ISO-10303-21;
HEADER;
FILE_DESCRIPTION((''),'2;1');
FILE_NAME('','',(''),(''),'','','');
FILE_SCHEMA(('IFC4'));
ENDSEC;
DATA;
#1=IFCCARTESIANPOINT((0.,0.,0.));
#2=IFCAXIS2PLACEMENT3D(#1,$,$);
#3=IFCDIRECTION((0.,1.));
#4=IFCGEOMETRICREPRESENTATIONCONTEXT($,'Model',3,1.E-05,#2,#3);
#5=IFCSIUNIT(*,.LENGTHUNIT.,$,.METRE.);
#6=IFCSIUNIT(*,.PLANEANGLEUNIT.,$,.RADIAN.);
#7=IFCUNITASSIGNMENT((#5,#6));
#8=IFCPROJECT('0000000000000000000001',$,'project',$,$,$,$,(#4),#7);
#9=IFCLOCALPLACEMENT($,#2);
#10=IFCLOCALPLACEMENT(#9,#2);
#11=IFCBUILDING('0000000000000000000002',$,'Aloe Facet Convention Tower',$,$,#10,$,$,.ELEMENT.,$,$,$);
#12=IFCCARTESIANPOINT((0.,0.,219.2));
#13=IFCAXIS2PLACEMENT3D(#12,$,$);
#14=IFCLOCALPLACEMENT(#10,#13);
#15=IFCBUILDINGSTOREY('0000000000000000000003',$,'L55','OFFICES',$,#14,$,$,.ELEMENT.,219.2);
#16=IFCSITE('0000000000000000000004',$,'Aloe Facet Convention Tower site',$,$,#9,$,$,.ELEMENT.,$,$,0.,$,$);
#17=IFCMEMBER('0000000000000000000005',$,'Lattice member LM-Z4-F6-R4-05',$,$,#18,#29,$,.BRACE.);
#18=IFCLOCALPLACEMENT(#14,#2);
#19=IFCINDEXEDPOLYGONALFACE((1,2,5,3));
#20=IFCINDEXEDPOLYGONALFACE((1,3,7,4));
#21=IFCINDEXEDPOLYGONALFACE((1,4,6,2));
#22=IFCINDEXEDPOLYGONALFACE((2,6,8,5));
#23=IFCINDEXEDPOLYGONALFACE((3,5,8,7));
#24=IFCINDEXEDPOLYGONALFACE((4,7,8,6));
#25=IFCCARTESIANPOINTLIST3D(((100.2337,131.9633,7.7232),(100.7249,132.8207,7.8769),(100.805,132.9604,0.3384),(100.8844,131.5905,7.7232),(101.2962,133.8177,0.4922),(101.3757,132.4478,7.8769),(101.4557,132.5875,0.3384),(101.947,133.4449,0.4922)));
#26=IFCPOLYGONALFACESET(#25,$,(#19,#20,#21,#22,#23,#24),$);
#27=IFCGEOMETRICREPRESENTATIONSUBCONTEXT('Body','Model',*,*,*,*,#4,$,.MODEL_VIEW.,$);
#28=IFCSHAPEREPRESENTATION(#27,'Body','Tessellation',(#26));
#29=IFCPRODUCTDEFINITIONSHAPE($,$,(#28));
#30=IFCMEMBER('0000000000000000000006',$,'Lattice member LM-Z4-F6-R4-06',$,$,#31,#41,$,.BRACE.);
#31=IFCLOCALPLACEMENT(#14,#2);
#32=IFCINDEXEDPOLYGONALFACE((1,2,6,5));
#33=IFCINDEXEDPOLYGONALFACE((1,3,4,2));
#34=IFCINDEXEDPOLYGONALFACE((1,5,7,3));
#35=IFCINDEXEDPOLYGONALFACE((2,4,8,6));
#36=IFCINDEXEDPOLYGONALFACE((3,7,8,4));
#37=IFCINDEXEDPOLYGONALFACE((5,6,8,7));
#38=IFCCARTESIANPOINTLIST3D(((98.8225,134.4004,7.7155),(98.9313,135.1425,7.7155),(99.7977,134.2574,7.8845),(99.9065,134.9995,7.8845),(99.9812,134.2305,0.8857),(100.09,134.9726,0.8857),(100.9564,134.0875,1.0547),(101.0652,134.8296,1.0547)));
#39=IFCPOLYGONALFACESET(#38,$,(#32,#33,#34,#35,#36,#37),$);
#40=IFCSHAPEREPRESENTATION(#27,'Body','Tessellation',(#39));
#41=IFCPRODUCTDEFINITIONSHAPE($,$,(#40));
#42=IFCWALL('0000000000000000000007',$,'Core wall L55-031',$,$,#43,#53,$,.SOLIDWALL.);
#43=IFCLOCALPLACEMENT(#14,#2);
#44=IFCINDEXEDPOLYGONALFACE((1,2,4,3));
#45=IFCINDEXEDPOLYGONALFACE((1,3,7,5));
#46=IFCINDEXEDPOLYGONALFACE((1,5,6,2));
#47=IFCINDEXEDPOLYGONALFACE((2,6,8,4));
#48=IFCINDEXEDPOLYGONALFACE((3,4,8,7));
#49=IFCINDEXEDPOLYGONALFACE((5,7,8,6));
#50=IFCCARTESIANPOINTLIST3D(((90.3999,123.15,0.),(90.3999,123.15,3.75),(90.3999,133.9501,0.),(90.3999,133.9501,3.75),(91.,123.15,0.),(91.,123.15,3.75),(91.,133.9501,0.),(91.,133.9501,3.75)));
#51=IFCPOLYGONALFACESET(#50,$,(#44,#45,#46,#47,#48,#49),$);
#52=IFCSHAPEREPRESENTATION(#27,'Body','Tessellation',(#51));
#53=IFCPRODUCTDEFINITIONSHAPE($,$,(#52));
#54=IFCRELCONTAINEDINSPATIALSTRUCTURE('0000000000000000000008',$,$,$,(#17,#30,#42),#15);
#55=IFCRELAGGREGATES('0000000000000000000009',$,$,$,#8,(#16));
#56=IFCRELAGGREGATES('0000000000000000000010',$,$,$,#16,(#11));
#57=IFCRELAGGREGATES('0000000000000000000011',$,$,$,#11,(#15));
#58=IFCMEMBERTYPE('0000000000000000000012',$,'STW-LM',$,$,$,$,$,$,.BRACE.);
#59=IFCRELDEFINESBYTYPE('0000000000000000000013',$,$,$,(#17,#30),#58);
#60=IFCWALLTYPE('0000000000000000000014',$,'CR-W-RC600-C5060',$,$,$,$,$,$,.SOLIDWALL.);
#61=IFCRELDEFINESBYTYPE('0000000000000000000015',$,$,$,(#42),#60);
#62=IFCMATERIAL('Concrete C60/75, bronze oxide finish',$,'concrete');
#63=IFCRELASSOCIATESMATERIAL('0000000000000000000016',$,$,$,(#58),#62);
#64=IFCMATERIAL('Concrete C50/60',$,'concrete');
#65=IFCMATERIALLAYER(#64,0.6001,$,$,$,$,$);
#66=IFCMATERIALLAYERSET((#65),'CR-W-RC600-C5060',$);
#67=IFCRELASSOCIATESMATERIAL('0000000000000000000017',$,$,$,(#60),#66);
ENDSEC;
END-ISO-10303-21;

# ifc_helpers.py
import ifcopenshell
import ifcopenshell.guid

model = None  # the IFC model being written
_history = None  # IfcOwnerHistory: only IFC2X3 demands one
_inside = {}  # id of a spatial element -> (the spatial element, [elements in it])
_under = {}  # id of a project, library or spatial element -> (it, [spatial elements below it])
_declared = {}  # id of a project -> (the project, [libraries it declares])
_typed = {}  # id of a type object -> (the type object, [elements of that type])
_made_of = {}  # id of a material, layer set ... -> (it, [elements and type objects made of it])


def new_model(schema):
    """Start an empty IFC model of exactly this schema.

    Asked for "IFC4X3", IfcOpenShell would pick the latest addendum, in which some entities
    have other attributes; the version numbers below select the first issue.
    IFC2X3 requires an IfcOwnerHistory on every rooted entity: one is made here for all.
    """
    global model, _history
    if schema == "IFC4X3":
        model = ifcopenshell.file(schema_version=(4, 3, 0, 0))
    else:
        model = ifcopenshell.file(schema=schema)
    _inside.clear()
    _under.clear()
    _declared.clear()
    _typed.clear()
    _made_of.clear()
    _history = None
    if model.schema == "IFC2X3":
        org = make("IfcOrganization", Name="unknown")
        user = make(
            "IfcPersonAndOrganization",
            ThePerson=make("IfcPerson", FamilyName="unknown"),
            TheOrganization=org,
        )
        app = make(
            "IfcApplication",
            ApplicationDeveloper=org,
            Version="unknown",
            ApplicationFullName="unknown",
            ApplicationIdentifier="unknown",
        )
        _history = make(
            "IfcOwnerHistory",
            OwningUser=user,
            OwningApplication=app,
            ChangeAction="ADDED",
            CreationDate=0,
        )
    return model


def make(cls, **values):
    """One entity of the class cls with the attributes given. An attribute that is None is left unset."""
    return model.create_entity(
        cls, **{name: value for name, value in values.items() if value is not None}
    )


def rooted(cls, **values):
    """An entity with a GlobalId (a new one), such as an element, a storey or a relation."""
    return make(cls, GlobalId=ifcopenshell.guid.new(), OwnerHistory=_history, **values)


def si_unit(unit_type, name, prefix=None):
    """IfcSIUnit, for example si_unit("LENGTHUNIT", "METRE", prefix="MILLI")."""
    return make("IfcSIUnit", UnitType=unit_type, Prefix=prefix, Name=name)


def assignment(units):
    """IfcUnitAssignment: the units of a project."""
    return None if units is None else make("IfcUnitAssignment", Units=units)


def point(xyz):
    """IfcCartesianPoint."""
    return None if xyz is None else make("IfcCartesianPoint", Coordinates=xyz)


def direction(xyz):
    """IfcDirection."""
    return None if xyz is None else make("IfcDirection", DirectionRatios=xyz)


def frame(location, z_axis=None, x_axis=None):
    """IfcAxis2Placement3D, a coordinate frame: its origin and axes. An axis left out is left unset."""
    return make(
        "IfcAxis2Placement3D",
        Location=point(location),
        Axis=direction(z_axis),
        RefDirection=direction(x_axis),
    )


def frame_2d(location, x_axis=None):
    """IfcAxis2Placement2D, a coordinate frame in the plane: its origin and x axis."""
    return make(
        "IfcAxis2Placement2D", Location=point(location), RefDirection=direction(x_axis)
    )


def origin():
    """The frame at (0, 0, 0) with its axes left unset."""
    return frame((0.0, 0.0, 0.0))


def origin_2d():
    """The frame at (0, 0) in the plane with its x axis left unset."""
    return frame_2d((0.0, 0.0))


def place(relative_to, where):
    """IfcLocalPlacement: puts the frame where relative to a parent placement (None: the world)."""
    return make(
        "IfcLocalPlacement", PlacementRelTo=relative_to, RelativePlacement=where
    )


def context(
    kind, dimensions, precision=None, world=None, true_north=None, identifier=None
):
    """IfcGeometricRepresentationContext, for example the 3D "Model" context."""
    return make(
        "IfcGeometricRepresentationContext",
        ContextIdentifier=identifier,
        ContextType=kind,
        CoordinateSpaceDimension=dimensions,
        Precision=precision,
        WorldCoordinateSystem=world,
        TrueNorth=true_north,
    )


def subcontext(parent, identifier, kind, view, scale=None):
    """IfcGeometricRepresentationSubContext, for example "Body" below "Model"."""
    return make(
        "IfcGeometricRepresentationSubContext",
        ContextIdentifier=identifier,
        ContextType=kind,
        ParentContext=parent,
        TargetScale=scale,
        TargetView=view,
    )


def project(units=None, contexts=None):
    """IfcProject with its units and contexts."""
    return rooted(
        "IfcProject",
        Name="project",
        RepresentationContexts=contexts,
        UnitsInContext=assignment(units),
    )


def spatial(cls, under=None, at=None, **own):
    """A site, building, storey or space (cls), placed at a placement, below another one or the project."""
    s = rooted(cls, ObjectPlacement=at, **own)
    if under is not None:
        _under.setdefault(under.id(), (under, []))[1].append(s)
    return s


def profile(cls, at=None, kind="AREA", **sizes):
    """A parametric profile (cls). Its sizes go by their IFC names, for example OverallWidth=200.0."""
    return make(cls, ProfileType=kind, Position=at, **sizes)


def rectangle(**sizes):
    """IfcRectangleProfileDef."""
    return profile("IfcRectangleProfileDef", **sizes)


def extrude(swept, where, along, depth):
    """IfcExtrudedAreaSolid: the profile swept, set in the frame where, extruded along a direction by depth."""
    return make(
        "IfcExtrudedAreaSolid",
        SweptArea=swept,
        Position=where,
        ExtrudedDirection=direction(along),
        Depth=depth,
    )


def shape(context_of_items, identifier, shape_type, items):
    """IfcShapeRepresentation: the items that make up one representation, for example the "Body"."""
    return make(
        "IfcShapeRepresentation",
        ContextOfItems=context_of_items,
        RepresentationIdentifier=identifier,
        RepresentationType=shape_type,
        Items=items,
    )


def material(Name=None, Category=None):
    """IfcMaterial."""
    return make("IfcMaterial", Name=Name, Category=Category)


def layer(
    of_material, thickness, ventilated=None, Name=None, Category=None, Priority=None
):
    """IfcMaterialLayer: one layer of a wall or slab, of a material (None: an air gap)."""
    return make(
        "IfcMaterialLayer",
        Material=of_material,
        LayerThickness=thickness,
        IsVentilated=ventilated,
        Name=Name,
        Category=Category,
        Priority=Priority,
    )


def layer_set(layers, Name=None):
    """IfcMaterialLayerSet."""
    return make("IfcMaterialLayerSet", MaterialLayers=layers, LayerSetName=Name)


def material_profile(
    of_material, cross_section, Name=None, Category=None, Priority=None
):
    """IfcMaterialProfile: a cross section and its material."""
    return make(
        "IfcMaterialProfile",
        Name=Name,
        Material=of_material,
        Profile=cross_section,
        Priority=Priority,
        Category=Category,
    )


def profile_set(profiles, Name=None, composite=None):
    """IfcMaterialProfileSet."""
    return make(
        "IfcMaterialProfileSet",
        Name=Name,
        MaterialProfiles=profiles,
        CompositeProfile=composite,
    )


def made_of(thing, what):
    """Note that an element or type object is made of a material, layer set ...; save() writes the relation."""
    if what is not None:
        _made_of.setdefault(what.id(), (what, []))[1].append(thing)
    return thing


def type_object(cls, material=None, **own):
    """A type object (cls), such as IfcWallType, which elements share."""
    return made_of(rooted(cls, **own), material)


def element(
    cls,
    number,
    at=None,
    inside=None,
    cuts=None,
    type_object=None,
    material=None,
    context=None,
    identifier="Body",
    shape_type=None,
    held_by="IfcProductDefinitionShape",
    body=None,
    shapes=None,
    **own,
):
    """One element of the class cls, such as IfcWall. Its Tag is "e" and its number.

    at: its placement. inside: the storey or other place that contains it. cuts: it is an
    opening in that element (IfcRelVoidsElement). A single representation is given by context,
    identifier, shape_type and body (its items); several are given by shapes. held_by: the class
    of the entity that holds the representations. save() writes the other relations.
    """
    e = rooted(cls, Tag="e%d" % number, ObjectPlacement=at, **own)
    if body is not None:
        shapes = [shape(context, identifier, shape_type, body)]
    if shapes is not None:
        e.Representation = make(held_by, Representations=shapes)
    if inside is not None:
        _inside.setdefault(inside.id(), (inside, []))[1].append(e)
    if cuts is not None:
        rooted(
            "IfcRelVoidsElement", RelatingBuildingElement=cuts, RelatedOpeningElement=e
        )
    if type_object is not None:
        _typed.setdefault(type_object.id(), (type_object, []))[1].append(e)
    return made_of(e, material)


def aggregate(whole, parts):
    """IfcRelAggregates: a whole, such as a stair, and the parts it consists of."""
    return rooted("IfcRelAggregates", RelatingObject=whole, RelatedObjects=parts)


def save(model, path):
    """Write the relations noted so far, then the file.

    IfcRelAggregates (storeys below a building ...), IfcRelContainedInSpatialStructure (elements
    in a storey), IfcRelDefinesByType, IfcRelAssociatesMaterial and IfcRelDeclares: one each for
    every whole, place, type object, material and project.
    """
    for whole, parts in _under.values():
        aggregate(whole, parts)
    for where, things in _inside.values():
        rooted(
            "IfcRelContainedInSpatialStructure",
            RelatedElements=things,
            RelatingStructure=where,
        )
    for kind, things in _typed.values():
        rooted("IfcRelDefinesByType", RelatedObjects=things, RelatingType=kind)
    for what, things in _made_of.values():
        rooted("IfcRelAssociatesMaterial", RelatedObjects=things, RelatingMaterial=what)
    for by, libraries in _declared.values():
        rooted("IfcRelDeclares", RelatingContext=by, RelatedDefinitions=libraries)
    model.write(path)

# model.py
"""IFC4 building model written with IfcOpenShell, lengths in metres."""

from ifc_helpers import new_model, si_unit, direction, frame, frame_2d, origin, origin_2d, place, context, subcontext, project, spatial, rectangle, extrude, material, layer, layer_set, material_profile, profile_set, type_object, element, save


model = new_model("IFC4")

# Units and contexts
model_context = context("Model", 3, precision=1e-05, world=origin(), true_north=direction((0.0, 1.0)))
body_context = subcontext(model_context, "Body", "Model", "MODEL_VIEW")
ifc_project = project(units=[si_unit("LENGTHUNIT", "METRE"), si_unit("PLANEANGLEUNIT", "RADIAN")], contexts=[model_context])

# Site, building, storey
site_placement = place(None, origin())
site = spatial("IfcSite", under=ifc_project, at=site_placement, Name="Aloe Facet Convention Tower site", CompositionType="ELEMENT", RefElevation=0.0)
building_placement = place(site_placement, origin())
building = spatial("IfcBuilding", under=site, at=building_placement, Name="Aloe Facet Convention Tower", CompositionType="ELEMENT")
storey_placement = place(building_placement, frame((0.0, 0.0, 219.2)))
storey = spatial("IfcBuildingStorey", under=building, at=storey_placement, Name="L55", Description="OFFICES", CompositionType="ELEMENT", Elevation=219.2)

# Members
ifc_material_1 = material(Name="Concrete C60/75, bronze oxide finish", Category="concrete")
ifc_material_profile_1 = material_profile(ifc_material_1, rectangle(XDim=0.75, YDim=1.0, at=origin_2d()), Name="STW-LM")
ifc_profile_set_1 = profile_set([ifc_material_profile_1], Name="Concrete C60/75, bronze oxide finish")
member_type = type_object("IfcMemberType", Name="STW-LM", PredefinedType="BRACE", material=ifc_profile_set_1)
member_1_placement = place(storey_placement, frame((101.376, 133.2026, 0.4153), z_axis=(-0.076441, -0.133412, 0.988108), x_axis=(0.867667, -0.497145, 0.0)))
element("IfcMember", 1, at=member_1_placement, inside=storey, type_object=member_type, Name="Lattice member LM-Z4-F6-R4-05", PredefinedType="BRACE", context=body_context, shape_type="SweptSolid", body=[
    extrude(rectangle(XDim=0.75, YDim=1.0, at=origin_2d()), origin(), (0.0, 0.0, 1.0), 7.4736),
])
member_2_placement = place(storey_placement, frame((100.5232, 134.53, 0.9702), z_axis=(-0.167211, 0.024521, 0.985616), x_axis=(-0.145098, -0.989417, 0.0)))
element("IfcMember", 2, at=member_2_placement, inside=storey, type_object=member_type, Name="Lattice member LM-Z4-F6-R4-06", PredefinedType="BRACE", context=body_context, shape_type="SweptSolid", body=[
    extrude(rectangle(XDim=0.75, YDim=1.0, at=origin_2d()), origin(), (0.0, 0.0, 1.0), 6.9294),
])

# Wall
ifc_material_2 = material(Name="Concrete C50/60", Category="concrete")
ifc_layer_1 = layer(ifc_material_2, 0.6001)
ifc_layer_set_1 = layer_set([ifc_layer_1], Name="CR-W-RC600-C5060")
wall_type_1 = type_object("IfcWallType", Name="CR-W-RC600-C5060", PredefinedType="SOLIDWALL", material=ifc_layer_set_1)
wall_1_placement = place(storey_placement, frame((90.7, 133.95, 0.0), z_axis=(0.0, 0.0, 1.0), x_axis=(0.0, -1.0, 0.0)))
element("IfcWall", 3, at=wall_1_placement, inside=storey, type_object=wall_type_1, Name="Core wall L55-031", PredefinedType="SOLIDWALL", context=body_context, shape_type="SweptSolid", body=[
    extrude(rectangle(XDim=10.8, YDim=0.6001, at=frame_2d((5.3999, 0.0))), origin(), (0.0, 0.0, 1.0), 3.75),
])

save(model, "model.ifc")
